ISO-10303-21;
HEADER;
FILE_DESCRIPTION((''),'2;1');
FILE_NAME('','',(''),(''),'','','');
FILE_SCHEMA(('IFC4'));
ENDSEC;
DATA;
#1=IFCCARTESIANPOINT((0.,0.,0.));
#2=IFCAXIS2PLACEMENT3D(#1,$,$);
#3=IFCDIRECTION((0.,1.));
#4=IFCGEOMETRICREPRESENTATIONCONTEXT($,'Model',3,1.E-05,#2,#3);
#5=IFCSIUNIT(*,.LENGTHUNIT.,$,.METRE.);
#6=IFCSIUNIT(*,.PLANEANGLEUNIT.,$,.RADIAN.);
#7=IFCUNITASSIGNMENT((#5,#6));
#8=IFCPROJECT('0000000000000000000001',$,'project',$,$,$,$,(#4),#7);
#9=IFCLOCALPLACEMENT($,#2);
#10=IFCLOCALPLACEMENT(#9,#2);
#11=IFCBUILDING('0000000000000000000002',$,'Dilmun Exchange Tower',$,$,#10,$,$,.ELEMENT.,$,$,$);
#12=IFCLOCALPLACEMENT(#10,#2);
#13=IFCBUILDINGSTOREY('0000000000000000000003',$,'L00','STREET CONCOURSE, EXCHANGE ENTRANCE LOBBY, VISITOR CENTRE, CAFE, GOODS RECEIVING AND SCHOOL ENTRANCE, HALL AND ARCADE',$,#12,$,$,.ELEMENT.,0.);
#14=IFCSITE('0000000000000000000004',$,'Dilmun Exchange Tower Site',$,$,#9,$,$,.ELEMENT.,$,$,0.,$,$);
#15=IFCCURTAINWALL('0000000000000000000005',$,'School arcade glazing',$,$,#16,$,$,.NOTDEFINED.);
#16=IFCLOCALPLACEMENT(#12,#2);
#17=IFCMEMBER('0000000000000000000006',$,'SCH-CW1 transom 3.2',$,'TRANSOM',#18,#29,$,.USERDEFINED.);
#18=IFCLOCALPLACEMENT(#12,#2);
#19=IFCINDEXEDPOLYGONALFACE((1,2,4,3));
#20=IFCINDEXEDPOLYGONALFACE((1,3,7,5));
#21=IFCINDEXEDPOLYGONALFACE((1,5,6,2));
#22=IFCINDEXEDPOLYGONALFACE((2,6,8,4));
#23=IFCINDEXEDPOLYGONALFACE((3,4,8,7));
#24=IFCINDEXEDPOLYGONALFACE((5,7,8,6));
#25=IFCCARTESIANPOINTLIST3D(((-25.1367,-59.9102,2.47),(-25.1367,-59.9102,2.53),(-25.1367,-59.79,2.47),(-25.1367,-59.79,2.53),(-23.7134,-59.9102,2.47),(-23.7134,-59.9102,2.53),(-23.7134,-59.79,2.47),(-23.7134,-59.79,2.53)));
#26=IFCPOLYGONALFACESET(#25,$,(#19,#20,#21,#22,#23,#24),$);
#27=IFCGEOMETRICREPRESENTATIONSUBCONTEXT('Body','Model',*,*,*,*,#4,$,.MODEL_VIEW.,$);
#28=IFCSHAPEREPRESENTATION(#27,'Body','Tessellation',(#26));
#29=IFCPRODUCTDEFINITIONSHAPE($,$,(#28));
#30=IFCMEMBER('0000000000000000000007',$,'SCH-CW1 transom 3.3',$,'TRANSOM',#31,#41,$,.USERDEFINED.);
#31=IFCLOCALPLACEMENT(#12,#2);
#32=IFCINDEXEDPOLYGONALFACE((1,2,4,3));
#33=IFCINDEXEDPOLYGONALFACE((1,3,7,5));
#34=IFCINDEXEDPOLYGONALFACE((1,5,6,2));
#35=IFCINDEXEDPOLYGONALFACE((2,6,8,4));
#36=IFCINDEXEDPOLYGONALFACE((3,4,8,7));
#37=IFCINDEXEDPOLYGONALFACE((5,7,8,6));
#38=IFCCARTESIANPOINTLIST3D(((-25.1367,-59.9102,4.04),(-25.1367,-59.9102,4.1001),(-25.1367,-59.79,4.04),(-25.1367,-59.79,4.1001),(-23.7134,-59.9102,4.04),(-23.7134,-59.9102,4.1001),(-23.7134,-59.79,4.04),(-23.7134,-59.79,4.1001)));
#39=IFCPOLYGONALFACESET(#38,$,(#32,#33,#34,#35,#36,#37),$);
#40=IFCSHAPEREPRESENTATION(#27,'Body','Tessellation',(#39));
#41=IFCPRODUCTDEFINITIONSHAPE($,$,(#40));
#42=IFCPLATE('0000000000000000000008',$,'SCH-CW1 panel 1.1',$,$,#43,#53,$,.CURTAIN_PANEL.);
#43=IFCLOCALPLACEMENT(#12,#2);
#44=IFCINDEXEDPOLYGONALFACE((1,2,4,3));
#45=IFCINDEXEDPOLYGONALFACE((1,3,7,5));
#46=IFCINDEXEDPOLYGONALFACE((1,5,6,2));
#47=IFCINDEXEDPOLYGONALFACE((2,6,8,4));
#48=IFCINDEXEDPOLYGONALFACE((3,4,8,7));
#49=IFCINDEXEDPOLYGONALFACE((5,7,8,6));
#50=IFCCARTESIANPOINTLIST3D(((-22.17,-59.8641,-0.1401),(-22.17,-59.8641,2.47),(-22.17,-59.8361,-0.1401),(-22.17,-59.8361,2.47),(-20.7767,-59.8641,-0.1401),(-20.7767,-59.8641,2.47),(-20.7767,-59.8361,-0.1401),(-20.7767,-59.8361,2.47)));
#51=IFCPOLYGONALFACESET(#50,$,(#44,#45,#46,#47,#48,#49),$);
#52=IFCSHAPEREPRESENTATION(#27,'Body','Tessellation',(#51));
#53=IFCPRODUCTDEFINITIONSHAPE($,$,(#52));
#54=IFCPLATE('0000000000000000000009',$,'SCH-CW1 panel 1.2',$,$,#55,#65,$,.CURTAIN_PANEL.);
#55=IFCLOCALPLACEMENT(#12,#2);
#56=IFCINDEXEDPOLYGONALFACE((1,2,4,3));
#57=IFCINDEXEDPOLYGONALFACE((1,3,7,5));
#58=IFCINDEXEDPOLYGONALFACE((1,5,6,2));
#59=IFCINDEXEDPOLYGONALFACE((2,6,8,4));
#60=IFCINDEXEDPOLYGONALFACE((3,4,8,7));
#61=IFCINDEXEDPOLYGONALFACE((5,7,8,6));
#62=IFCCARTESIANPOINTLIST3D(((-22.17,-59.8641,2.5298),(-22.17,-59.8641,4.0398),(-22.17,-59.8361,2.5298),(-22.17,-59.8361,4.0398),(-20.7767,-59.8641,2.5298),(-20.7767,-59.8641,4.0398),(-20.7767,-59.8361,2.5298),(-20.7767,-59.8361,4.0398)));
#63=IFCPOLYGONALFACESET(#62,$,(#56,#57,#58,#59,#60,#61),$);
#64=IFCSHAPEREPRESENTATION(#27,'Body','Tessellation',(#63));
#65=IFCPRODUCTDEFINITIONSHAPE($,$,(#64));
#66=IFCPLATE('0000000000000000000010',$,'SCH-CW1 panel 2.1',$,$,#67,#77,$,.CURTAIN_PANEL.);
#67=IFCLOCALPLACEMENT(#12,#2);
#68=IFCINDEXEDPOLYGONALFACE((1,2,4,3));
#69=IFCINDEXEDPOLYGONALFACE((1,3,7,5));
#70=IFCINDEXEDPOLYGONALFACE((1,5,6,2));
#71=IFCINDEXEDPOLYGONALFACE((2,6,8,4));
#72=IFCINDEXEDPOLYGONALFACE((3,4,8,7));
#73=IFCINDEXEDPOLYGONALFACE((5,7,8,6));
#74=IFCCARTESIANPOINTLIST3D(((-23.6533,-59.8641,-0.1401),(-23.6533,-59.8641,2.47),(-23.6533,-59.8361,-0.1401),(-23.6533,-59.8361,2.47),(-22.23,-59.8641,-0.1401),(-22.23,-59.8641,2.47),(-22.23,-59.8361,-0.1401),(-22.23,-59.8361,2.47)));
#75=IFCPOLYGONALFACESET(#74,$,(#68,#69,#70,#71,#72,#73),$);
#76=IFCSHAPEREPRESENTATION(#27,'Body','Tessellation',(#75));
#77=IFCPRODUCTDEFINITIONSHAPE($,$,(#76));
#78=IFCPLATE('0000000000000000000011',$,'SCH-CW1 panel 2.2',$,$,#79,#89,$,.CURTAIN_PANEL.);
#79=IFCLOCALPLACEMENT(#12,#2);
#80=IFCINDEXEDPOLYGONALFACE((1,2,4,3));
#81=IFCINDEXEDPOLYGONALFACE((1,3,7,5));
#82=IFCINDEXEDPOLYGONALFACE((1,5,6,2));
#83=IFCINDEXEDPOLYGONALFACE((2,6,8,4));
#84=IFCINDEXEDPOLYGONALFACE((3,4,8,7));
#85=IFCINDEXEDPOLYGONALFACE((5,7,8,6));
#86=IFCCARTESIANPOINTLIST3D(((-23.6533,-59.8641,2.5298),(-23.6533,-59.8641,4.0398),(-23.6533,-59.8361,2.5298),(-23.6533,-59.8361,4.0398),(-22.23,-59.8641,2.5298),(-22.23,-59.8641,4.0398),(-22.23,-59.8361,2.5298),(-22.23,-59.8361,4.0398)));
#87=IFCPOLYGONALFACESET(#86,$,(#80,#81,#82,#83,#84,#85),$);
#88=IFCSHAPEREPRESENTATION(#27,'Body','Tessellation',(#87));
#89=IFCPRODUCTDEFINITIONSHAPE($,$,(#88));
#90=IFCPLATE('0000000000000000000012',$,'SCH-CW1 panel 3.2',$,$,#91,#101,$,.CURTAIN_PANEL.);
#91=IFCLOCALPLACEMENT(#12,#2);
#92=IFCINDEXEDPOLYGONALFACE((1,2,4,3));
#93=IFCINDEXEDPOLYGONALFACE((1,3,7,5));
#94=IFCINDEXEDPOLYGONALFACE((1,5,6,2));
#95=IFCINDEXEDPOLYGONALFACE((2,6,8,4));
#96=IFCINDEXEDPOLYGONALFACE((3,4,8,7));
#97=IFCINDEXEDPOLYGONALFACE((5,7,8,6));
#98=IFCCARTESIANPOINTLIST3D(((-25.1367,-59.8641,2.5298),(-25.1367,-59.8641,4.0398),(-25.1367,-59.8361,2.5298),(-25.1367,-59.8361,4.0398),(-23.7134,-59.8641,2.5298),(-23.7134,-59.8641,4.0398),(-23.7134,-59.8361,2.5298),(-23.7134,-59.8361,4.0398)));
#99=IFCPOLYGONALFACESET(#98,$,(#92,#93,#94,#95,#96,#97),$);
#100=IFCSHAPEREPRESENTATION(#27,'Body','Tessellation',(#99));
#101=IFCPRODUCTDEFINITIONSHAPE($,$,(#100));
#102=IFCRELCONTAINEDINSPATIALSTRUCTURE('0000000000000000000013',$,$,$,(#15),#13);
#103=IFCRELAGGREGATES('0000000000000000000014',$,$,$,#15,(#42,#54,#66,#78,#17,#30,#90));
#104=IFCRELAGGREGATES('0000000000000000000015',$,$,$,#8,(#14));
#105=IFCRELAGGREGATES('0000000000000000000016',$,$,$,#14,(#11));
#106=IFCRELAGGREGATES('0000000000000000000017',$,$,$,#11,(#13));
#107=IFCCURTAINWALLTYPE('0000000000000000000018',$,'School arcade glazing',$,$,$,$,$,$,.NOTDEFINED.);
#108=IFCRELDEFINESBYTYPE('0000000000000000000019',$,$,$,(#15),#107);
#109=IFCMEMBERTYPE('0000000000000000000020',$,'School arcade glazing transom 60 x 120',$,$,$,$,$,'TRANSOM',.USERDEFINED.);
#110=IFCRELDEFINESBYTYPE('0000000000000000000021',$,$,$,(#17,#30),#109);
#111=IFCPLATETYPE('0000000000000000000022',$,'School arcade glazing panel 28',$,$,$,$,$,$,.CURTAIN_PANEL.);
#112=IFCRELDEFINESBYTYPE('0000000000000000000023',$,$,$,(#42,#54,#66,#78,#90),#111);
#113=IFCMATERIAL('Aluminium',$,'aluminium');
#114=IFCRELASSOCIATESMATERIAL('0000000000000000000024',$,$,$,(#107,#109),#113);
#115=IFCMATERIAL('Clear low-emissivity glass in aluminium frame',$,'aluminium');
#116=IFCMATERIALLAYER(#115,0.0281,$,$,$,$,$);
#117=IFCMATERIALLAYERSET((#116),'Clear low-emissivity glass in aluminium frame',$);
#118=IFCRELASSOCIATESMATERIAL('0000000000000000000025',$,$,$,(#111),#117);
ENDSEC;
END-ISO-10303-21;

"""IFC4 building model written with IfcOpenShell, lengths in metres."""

from ifc_helpers import new_model, si_unit, direction, frame, origin, origin_2d, place, context, subcontext, project, spatial, rectangle, extrude, material, layer, layer_set, material_profile, profile_set, type_object, element, aggregate, save


model = new_model("IFC4")

# Units and contexts
model_context = context("Model", 3, precision=1e-05, world=origin(), true_north=direction((0.0, 1.0)))
body_context = subcontext(model_context, "Body", "Model", "MODEL_VIEW")
ifc_project = project(units=[si_unit("LENGTHUNIT", "METRE"), si_unit("PLANEANGLEUNIT", "RADIAN")], contexts=[model_context])

# Site, building, storey
site_placement = place(None, origin())
site = spatial("IfcSite", under=ifc_project, at=site_placement, Name="Dilmun Exchange Tower Site", CompositionType="ELEMENT", RefElevation=0.0)
building_placement = place(site_placement, origin())
building = spatial("IfcBuilding", under=site, at=building_placement, Name="Dilmun Exchange Tower", CompositionType="ELEMENT")
storey_placement = place(building_placement, origin())
storey = spatial("IfcBuildingStorey", under=building, at=storey_placement, Name="L00", Description="STREET CONCOURSE, EXCHANGE ENTRANCE LOBBY, VISITOR CENTRE, CAFE, GOODS RECEIVING AND SCHOOL ENTRANCE, HALL AND ARCADE", CompositionType="ELEMENT", Elevation=0.0)

# Curtain wall, members, plates
ifc_material_1 = material(Name="Aluminium", Category="aluminium")
curtain_wall_type = type_object("IfcCurtainWallType", Name="School arcade glazing", PredefinedType="NOTDEFINED", material=ifc_material_1)
curtain_wall_placement = place(storey_placement, origin())
curtain_wall = element("IfcCurtainWall", 1, at=curtain_wall_placement, inside=storey, type_object=curtain_wall_type, Name="School arcade glazing", PredefinedType="NOTDEFINED")
ifc_material_profile_1 = material_profile(ifc_material_1, rectangle(XDim=0.1201, YDim=0.0601, at=origin_2d()), Name="60 x 120")
ifc_profile_set_1 = profile_set([ifc_material_profile_1], Name="Aluminium")
member_type_1 = type_object("IfcMemberType", Name="School arcade glazing transom 60 x 120", ElementType="TRANSOM", PredefinedType="USERDEFINED", material=ifc_profile_set_1)
member_1_placement = place(storey_placement, frame((-23.7134, -59.8501, 2.5), z_axis=(-1.0, 0.0, 0.0), x_axis=(0.0, -1.0, 0.0)))
member_1 = element("IfcMember", 2, at=member_1_placement, type_object=member_type_1, Name="SCH-CW1 transom 3.2", ObjectType="TRANSOM", PredefinedType="USERDEFINED", context=body_context, shape_type="SweptSolid", body=[
    extrude(rectangle(XDim=0.1201, YDim=0.0601, at=origin_2d()), origin(), (0.0, 0.0, 1.0), 1.4233),
])
member_2_placement = place(storey_placement, frame((-23.7134, -59.8501, 4.0701), z_axis=(-1.0, 0.0, 0.0), x_axis=(0.0, -1.0, 0.0)))
member_2 = element("IfcMember", 3, at=member_2_placement, type_object=member_type_1, Name="SCH-CW1 transom 3.3", ObjectType="TRANSOM", PredefinedType="USERDEFINED", context=body_context, shape_type="SweptSolid", body=[
    extrude(rectangle(XDim=0.1201, YDim=0.0601, at=origin_2d()), origin(), (0.0, 0.0, 1.0), 1.4233),
])
ifc_material_2 = material(Name="Clear low-emissivity glass in aluminium frame", Category="aluminium")
ifc_layer = layer(ifc_material_2, 0.0281)
ifc_layer_set = layer_set([ifc_layer], Name="Clear low-emissivity glass in aluminium frame")
plate_type = type_object("IfcPlateType", Name="School arcade glazing panel 28", PredefinedType="CURTAIN_PANEL", material=ifc_layer_set)
plate_1_placement = place(storey_placement, frame((-21.4734, -59.8501, -0.1401), z_axis=(0.0, 0.0, 1.0), x_axis=(-1.0, 0.0, 0.0)))
plate_1 = element("IfcPlate", 4, at=plate_1_placement, type_object=plate_type, Name="SCH-CW1 panel 1.1", PredefinedType="CURTAIN_PANEL", context=body_context, shape_type="SweptSolid", body=[
    extrude(rectangle(XDim=1.3933, YDim=0.0281, at=origin_2d()), origin(), (0.0, 0.0, 1.0), 2.6101),
])
plate_2_placement = place(storey_placement, frame((-21.4734, -59.8501, 2.5298), z_axis=(0.0, 0.0, 1.0), x_axis=(-1.0, 0.0, 0.0)))
plate_2 = element("IfcPlate", 5, at=plate_2_placement, type_object=plate_type, Name="SCH-CW1 panel 1.2", PredefinedType="CURTAIN_PANEL", context=body_context, shape_type="SweptSolid", body=[
    extrude(rectangle(XDim=1.3933, YDim=0.0281, at=origin_2d()), origin(), (0.0, 0.0, 1.0), 1.51),
])
plate_3_placement = place(storey_placement, frame((-22.9417, -59.8501, -0.1401), z_axis=(0.0, 0.0, 1.0), x_axis=(-1.0, 0.0, 0.0)))
plate_3 = element("IfcPlate", 6, at=plate_3_placement, type_object=plate_type, Name="SCH-CW1 panel 2.1", PredefinedType="CURTAIN_PANEL", context=body_context, shape_type="SweptSolid", body=[
    extrude(rectangle(XDim=1.4233, YDim=0.0281, at=origin_2d()), origin(), (0.0, 0.0, 1.0), 2.6101),
])
plate_4_placement = place(storey_placement, frame((-22.9417, -59.8501, 2.5298), z_axis=(0.0, 0.0, 1.0), x_axis=(-1.0, 0.0, 0.0)))
plate_4 = element("IfcPlate", 7, at=plate_4_placement, type_object=plate_type, Name="SCH-CW1 panel 2.2", PredefinedType="CURTAIN_PANEL", context=body_context, shape_type="SweptSolid", body=[
    extrude(rectangle(XDim=1.4233, YDim=0.0281, at=origin_2d()), origin(), (0.0, 0.0, 1.0), 1.51),
])
plate_5_placement = place(storey_placement, frame((-24.425, -59.8501, 2.5298), z_axis=(0.0, 0.0, 1.0), x_axis=(-1.0, 0.0, 0.0)))
plate_5 = element("IfcPlate", 8, at=plate_5_placement, type_object=plate_type, Name="SCH-CW1 panel 3.2", PredefinedType="CURTAIN_PANEL", context=body_context, shape_type="SweptSolid", body=[
    extrude(rectangle(XDim=1.4233, YDim=0.0281, at=origin_2d()), origin(), (0.0, 0.0, 1.0), 1.51),
])
aggregate(curtain_wall, [plate_1, plate_2, plate_3, plate_4, member_1, member_2, plate_5])

save(model, "model.ifc")
